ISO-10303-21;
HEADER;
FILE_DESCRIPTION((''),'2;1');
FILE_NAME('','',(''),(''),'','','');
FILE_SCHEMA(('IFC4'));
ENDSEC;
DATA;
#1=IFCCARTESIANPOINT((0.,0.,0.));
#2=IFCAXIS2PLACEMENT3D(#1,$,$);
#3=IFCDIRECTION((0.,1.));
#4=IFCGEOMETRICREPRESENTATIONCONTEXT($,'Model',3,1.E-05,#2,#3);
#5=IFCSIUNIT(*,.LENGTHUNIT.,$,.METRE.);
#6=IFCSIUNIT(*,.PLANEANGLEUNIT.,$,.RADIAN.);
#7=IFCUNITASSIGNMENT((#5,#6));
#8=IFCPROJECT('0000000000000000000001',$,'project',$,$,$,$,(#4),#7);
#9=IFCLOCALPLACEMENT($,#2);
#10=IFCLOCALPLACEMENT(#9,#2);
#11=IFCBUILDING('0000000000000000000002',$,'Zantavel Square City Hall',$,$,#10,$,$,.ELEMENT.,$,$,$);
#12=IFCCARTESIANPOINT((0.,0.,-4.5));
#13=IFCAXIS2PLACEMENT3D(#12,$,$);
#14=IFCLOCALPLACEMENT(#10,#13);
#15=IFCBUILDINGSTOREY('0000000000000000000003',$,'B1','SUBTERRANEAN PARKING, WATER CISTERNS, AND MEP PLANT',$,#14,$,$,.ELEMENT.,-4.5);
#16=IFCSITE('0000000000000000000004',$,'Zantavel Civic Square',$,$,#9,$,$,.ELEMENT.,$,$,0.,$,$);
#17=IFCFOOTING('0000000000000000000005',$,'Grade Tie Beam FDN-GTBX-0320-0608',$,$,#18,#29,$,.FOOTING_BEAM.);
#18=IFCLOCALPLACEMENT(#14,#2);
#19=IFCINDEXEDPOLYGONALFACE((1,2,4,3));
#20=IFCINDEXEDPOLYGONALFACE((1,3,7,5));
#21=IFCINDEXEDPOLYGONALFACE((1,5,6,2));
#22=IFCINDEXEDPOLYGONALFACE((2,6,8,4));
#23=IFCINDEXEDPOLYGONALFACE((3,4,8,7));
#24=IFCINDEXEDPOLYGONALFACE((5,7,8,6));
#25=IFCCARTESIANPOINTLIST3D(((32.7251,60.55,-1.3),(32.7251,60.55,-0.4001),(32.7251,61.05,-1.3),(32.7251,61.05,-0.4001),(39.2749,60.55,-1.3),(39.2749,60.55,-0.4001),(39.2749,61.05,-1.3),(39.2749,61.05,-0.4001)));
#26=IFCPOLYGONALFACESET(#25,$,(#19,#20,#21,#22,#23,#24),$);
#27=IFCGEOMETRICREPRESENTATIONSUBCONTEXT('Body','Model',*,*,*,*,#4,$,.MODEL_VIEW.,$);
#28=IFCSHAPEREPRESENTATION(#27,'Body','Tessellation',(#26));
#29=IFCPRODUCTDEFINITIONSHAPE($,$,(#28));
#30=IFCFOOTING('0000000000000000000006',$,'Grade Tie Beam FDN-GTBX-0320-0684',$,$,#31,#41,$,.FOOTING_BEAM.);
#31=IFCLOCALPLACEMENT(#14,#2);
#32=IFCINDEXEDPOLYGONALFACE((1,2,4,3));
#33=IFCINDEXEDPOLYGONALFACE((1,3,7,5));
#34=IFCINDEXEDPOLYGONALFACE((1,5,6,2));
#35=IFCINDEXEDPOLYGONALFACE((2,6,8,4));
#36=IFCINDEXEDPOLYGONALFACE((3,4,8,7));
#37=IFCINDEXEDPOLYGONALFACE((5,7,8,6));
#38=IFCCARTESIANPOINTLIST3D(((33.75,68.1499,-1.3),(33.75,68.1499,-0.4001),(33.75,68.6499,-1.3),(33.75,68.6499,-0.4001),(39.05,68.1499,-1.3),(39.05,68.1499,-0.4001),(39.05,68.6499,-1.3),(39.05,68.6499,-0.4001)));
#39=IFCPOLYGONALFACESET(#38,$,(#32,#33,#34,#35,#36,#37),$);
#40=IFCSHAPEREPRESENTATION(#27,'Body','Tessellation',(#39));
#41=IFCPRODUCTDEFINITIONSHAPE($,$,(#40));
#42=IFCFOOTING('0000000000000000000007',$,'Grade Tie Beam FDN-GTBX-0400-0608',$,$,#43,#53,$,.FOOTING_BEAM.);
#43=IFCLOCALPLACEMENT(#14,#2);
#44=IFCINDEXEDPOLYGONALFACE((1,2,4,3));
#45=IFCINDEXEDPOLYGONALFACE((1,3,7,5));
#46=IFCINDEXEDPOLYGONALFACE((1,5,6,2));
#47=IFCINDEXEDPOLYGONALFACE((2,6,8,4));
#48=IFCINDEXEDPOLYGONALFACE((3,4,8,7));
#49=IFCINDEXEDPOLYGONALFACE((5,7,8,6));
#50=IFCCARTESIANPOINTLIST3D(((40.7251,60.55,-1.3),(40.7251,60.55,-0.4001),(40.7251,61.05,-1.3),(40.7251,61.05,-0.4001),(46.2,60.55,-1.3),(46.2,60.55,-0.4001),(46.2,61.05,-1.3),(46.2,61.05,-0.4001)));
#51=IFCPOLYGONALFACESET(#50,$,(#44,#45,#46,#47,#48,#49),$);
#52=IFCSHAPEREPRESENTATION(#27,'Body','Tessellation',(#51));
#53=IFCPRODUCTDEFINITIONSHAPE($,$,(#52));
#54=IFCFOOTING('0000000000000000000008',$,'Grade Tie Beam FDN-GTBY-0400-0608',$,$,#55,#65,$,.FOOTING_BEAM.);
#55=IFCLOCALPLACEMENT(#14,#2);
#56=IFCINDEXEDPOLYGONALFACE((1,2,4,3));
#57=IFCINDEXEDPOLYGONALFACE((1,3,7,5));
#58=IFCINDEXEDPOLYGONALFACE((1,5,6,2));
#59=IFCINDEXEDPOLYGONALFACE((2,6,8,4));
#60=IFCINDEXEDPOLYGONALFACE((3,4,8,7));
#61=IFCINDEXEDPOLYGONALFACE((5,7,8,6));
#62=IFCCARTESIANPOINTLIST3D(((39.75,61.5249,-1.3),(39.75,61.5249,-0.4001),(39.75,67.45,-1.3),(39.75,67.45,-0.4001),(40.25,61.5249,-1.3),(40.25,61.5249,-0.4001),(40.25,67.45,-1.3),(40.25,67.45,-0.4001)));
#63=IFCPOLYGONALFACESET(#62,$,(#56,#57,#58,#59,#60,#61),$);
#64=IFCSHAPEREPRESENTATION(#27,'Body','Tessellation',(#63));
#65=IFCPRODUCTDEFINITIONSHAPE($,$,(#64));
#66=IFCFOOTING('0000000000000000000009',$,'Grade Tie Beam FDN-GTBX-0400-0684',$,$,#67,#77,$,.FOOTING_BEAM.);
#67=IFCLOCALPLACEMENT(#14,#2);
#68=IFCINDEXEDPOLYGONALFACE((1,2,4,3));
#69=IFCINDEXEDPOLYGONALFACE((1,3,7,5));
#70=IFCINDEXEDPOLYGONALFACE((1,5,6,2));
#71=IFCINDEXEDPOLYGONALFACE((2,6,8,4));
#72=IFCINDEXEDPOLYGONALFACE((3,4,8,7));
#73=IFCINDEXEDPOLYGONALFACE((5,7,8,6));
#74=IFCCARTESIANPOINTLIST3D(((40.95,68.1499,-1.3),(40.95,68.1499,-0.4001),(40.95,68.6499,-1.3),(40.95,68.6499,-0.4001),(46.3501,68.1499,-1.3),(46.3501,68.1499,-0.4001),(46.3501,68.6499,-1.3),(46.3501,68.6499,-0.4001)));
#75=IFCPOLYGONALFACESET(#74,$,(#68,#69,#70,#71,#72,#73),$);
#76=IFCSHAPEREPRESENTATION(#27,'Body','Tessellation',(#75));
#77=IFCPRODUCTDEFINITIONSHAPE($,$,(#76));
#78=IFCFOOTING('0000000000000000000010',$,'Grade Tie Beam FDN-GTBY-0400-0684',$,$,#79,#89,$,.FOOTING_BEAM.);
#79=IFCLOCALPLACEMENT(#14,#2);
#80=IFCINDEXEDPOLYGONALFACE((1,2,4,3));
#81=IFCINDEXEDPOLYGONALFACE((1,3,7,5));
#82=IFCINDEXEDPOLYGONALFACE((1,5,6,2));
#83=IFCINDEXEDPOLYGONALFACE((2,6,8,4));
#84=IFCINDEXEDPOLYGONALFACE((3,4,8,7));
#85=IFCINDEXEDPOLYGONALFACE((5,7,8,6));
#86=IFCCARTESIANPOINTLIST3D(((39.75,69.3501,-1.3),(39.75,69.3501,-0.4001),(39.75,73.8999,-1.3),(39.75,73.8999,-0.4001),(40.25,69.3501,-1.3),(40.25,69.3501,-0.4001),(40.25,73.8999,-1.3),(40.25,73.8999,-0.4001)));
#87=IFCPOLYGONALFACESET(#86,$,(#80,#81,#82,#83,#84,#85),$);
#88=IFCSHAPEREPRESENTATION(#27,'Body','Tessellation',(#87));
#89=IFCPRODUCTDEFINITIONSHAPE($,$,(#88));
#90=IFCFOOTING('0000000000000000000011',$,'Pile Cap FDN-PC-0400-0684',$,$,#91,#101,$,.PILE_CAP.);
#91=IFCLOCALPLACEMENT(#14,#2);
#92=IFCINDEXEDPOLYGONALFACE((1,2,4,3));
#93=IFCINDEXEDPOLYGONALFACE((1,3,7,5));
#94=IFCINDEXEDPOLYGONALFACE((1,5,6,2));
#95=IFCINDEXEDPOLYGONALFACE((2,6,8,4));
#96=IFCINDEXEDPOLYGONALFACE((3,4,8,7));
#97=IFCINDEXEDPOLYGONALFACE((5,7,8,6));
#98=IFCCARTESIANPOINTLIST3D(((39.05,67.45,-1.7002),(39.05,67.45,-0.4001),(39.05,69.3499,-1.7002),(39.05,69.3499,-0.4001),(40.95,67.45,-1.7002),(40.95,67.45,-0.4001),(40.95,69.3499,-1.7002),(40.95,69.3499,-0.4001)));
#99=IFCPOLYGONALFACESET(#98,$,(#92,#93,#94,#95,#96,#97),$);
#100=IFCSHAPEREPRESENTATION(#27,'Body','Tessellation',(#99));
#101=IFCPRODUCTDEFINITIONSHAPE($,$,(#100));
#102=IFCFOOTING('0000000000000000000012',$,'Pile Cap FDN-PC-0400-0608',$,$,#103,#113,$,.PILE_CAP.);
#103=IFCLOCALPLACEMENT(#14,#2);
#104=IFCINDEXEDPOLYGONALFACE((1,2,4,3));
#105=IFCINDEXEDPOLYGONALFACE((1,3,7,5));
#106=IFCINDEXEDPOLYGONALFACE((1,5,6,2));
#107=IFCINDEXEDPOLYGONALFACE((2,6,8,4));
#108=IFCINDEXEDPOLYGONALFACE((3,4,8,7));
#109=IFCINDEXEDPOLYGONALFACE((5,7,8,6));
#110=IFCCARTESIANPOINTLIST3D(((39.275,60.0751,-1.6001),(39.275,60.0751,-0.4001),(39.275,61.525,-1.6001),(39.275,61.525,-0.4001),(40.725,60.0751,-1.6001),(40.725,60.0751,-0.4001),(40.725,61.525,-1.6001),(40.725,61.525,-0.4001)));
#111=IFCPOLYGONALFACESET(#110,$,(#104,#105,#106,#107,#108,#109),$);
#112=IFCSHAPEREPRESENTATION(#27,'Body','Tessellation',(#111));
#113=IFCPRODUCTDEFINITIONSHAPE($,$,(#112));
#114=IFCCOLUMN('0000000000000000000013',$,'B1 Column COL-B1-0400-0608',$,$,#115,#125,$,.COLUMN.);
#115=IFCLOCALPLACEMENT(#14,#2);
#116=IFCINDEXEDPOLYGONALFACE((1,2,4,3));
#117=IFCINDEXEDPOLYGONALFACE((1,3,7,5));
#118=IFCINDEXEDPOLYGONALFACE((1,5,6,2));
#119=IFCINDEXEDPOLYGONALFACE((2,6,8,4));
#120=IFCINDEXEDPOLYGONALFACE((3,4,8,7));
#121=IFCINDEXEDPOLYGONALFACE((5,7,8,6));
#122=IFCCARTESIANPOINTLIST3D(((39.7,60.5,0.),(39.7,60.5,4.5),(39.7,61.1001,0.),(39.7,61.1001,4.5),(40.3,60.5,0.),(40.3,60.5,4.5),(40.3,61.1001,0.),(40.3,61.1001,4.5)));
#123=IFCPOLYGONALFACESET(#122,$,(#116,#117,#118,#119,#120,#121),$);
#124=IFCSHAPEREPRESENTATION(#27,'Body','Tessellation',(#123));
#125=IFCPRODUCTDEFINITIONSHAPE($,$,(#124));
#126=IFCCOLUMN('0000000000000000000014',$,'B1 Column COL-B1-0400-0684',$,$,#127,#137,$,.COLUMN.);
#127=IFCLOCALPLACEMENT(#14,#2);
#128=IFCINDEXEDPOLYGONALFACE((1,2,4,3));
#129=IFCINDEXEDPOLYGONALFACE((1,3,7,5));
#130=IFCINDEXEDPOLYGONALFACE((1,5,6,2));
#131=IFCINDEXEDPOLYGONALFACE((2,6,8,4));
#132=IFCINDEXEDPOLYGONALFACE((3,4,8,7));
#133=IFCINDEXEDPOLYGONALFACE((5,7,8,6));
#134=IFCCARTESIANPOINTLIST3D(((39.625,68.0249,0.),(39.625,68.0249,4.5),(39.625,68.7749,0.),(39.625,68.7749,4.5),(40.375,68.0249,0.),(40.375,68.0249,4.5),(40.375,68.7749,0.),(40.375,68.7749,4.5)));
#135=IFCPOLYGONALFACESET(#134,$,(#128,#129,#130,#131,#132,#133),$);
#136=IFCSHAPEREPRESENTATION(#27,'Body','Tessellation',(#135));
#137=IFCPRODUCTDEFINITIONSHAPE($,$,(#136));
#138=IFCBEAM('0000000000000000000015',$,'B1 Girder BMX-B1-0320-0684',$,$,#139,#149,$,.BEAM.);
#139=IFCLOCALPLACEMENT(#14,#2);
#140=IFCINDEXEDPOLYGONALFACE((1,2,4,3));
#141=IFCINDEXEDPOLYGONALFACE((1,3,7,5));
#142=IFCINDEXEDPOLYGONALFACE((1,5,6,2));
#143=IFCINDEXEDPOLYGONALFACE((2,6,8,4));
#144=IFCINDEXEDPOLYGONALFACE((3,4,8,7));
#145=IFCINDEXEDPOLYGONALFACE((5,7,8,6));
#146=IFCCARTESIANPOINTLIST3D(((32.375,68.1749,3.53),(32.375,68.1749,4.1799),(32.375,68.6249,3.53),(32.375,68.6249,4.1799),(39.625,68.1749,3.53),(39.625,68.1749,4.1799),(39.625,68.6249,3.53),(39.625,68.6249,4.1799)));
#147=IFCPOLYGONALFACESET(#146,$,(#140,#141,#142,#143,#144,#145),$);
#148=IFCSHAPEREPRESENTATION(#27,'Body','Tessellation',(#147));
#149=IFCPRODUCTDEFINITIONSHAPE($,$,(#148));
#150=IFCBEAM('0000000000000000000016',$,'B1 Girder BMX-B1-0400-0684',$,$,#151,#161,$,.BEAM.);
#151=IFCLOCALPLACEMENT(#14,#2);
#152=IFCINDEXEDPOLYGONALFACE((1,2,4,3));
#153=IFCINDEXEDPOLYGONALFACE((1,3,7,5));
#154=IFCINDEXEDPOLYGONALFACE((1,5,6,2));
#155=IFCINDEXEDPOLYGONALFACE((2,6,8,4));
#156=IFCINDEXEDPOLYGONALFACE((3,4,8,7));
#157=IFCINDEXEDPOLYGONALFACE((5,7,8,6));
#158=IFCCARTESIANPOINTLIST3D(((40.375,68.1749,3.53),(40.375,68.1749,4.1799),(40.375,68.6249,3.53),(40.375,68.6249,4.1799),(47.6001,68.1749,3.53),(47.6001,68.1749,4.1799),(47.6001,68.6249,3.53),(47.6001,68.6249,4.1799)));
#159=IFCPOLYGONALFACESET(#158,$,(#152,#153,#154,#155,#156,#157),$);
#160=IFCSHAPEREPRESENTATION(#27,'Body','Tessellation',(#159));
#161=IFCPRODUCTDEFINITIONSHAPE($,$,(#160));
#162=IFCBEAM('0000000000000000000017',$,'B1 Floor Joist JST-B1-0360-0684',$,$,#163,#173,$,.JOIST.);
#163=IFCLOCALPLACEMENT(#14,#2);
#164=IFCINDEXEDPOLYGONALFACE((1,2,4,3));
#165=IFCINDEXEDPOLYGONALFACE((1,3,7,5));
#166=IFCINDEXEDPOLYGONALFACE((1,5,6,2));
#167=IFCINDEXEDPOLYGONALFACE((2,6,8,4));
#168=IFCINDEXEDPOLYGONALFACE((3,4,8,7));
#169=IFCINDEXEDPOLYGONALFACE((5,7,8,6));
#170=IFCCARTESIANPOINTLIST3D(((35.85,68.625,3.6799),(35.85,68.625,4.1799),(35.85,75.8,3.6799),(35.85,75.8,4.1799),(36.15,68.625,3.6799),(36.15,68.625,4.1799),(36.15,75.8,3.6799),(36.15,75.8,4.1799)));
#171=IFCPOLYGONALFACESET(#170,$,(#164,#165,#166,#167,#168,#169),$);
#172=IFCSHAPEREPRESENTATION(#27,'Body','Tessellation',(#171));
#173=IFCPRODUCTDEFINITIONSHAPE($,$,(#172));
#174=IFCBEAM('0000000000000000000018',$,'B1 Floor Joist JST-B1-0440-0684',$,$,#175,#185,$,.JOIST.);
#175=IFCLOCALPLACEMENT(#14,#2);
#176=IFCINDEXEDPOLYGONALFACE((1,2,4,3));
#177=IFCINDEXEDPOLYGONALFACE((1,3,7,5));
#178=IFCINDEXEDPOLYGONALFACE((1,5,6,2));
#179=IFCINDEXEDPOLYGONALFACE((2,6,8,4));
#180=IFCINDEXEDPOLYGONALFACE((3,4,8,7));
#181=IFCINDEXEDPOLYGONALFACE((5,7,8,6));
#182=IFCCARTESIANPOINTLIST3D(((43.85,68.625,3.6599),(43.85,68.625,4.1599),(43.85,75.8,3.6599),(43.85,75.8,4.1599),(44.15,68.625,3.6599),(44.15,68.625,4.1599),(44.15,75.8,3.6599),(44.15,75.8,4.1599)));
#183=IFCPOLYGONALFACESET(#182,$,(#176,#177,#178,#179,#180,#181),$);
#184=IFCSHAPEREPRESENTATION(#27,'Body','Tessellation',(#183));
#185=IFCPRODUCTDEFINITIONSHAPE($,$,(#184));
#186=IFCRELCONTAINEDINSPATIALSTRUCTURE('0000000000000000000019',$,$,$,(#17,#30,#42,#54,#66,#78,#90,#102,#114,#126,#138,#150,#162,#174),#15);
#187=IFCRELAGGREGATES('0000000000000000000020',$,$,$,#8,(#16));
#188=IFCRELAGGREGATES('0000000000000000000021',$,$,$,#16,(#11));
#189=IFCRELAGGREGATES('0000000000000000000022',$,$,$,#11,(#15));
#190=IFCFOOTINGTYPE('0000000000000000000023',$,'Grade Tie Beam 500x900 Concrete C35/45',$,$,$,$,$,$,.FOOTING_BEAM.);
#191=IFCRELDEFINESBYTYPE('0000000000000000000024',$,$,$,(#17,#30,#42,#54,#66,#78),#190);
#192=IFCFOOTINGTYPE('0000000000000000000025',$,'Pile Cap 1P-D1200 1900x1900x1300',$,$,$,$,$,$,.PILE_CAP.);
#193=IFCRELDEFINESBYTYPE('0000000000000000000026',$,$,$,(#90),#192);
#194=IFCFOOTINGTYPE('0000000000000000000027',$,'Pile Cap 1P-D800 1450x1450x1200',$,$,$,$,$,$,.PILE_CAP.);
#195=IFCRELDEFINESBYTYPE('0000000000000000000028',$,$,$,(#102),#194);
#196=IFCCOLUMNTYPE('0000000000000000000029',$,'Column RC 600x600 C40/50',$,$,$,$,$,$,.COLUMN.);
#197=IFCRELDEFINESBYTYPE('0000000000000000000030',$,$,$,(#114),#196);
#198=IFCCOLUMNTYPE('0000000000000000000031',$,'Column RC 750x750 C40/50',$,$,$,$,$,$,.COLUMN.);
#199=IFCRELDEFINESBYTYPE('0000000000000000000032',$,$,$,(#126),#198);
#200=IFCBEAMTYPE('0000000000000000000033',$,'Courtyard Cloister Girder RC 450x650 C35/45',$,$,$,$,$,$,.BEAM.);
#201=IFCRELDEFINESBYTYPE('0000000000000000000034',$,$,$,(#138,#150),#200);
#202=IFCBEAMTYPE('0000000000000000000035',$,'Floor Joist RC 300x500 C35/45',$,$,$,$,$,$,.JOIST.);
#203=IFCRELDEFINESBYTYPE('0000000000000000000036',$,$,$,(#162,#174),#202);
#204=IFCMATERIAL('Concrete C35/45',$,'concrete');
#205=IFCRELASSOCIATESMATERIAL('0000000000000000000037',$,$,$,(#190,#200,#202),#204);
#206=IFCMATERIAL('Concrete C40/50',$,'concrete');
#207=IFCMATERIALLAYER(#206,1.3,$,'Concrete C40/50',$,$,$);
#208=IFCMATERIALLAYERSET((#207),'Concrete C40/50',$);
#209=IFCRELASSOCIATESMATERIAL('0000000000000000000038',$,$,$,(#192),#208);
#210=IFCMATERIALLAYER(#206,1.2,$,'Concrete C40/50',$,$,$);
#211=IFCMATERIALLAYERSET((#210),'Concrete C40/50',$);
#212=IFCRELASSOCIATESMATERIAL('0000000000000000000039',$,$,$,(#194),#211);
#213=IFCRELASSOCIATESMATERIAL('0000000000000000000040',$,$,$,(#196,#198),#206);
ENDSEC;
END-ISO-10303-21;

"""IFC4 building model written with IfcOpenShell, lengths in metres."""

from ifc_helpers import new_model, si_unit, direction, frame, origin, origin_2d, place, context, subcontext, project, spatial, rectangle, extrude, material, layer, layer_set, material_profile, profile_set, type_object, element, save


model = new_model("IFC4")

# Units and contexts
model_context = context("Model", 3, precision=1e-05, world=origin(), true_north=direction((0.0, 1.0)))
body_context = subcontext(model_context, "Body", "Model", "MODEL_VIEW")
ifc_project = project(units=[si_unit("LENGTHUNIT", "METRE"), si_unit("PLANEANGLEUNIT", "RADIAN")], contexts=[model_context])

# Site, building, storey
site_placement = place(None, origin())
site = spatial("IfcSite", under=ifc_project, at=site_placement, Name="Zantavel Civic Square", CompositionType="ELEMENT", RefElevation=0.0)
building_placement = place(site_placement, origin())
building = spatial("IfcBuilding", under=site, at=building_placement, Name="Zantavel Square City Hall", CompositionType="ELEMENT")
storey_placement = place(building_placement, frame((0.0, 0.0, -4.5)))
storey = spatial("IfcBuildingStorey", under=building, at=storey_placement, Name="B1", Description="SUBTERRANEAN PARKING, WATER CISTERNS, AND MEP PLANT", CompositionType="ELEMENT", Elevation=-4.5)

# Shared definitions
ifc_material_1 = material(Name="Concrete C35/45", Category="concrete")

# Footings
ifc_material_profile_1 = material_profile(ifc_material_1, rectangle(XDim=0.5, YDim=0.8999, at=origin_2d()), Name="RC 500x900")
ifc_profile_set_1 = profile_set([ifc_material_profile_1], Name="Concrete C35/45")
footing_type_1 = type_object("IfcFootingType", Name="Grade Tie Beam 500x900 Concrete C35/45", PredefinedType="FOOTING_BEAM", material=ifc_profile_set_1)
footing_1_placement = place(storey_placement, frame((32.7251, 60.8, -0.8501), z_axis=(1.0, 0.0, 0.0), x_axis=(0.0, 1.0, 0.0)))
element("IfcFooting", 1, at=footing_1_placement, inside=storey, type_object=footing_type_1, Name="Grade Tie Beam FDN-GTBX-0320-0608", PredefinedType="FOOTING_BEAM", context=body_context, shape_type="SweptSolid", body=[
    extrude(rectangle(XDim=0.5, YDim=0.8999, at=origin_2d()), origin(), (0.0, 0.0, 1.0), 6.5498),
])
footing_2_placement = place(storey_placement, frame((33.75, 68.3999, -0.8501), z_axis=(1.0, 0.0, 0.0), x_axis=(0.0, 1.0, 0.0)))
element("IfcFooting", 2, at=footing_2_placement, inside=storey, type_object=footing_type_1, Name="Grade Tie Beam FDN-GTBX-0320-0684", PredefinedType="FOOTING_BEAM", context=body_context, shape_type="SweptSolid", body=[
    extrude(rectangle(XDim=0.5, YDim=0.8999, at=origin_2d()), origin(), (0.0, 0.0, 1.0), 5.3),
])
footing_3_placement = place(storey_placement, frame((40.7251, 60.8, -0.8501), z_axis=(1.0, 0.0, 0.0), x_axis=(0.0, 1.0, 0.0)))
element("IfcFooting", 3, at=footing_3_placement, inside=storey, type_object=footing_type_1, Name="Grade Tie Beam FDN-GTBX-0400-0608", PredefinedType="FOOTING_BEAM", context=body_context, shape_type="SweptSolid", body=[
    extrude(rectangle(XDim=0.5, YDim=0.8999, at=origin_2d()), origin(), (0.0, 0.0, 1.0), 5.4749),
])
footing_4_placement = place(storey_placement, frame((40.0, 61.5249, -0.8501), z_axis=(0.0, 1.0, 0.0), x_axis=(-1.0, 0.0, 0.0)))
element("IfcFooting", 4, at=footing_4_placement, inside=storey, type_object=footing_type_1, Name="Grade Tie Beam FDN-GTBY-0400-0608", PredefinedType="FOOTING_BEAM", context=body_context, shape_type="SweptSolid", body=[
    extrude(rectangle(XDim=0.5, YDim=0.8999, at=origin_2d()), origin(), (0.0, 0.0, 1.0), 5.925),
])
footing_5_placement = place(storey_placement, frame((40.95, 68.3999, -0.8501), z_axis=(1.0, 0.0, 0.0), x_axis=(0.0, 1.0, 0.0)))
element("IfcFooting", 5, at=footing_5_placement, inside=storey, type_object=footing_type_1, Name="Grade Tie Beam FDN-GTBX-0400-0684", PredefinedType="FOOTING_BEAM", context=body_context, shape_type="SweptSolid", body=[
    extrude(rectangle(XDim=0.5, YDim=0.8999, at=origin_2d()), origin(), (0.0, 0.0, 1.0), 5.4001),
])
footing_6_placement = place(storey_placement, frame((40.0, 69.3501, -0.8501), z_axis=(0.0, 1.0, 0.0), x_axis=(-1.0, 0.0, 0.0)))
element("IfcFooting", 6, at=footing_6_placement, inside=storey, type_object=footing_type_1, Name="Grade Tie Beam FDN-GTBY-0400-0684", PredefinedType="FOOTING_BEAM", context=body_context, shape_type="SweptSolid", body=[
    extrude(rectangle(XDim=0.5, YDim=0.8999, at=origin_2d()), origin(), (0.0, 0.0, 1.0), 4.5498),
])
ifc_material_2 = material(Name="Concrete C40/50", Category="concrete")
ifc_layer_1 = layer(ifc_material_2, 1.3, Name="Concrete C40/50")
ifc_layer_set_1 = layer_set([ifc_layer_1], Name="Concrete C40/50")
footing_type_2 = type_object("IfcFootingType", Name="Pile Cap 1P-D1200 1900x1900x1300", PredefinedType="PILE_CAP", material=ifc_layer_set_1)
footing_7_placement = place(storey_placement, frame((40.0, 68.3999, -1.7002), z_axis=(0.0, 0.0, 1.0), x_axis=(1.0, 0.0, 0.0)))
element("IfcFooting", 7, at=footing_7_placement, inside=storey, type_object=footing_type_2, Name="Pile Cap FDN-PC-0400-0684", PredefinedType="PILE_CAP", context=body_context, shape_type="SweptSolid", body=[
    extrude(rectangle(XDim=1.8999, YDim=1.8999, at=origin_2d()), origin(), (0.0, 0.0, 1.0), 1.3),
])
ifc_layer_2 = layer(ifc_material_2, 1.2, Name="Concrete C40/50")
ifc_layer_set_2 = layer_set([ifc_layer_2], Name="Concrete C40/50")
footing_type_3 = type_object("IfcFootingType", Name="Pile Cap 1P-D800 1450x1450x1200", PredefinedType="PILE_CAP", material=ifc_layer_set_2)
footing_8_placement = place(storey_placement, frame((40.0, 60.8, -1.6001), z_axis=(0.0, 0.0, 1.0), x_axis=(1.0, 0.0, 0.0)))
element("IfcFooting", 8, at=footing_8_placement, inside=storey, type_object=footing_type_3, Name="Pile Cap FDN-PC-0400-0608", PredefinedType="PILE_CAP", context=body_context, shape_type="SweptSolid", body=[
    extrude(rectangle(XDim=1.45, YDim=1.45, at=origin_2d()), origin(), (0.0, 0.0, 1.0), 1.2),
])

# Columns
ifc_material_profile_2 = material_profile(ifc_material_2, rectangle(XDim=0.6001, YDim=0.6001, at=origin_2d()), Name="RC 600x600")
ifc_profile_set_2 = profile_set([ifc_material_profile_2], Name="Concrete C40/50")
column_type_1 = type_object("IfcColumnType", Name="Column RC 600x600 C40/50", PredefinedType="COLUMN", material=ifc_profile_set_2)
column_1_placement = place(storey_placement, frame((40.0, 60.8, 0.0), z_axis=(0.0, 0.0, 1.0), x_axis=(1.0, 0.0, 0.0)))
element("IfcColumn", 9, at=column_1_placement, inside=storey, type_object=column_type_1, Name="B1 Column COL-B1-0400-0608", PredefinedType="COLUMN", context=body_context, shape_type="SweptSolid", body=[
    extrude(rectangle(XDim=0.6001, YDim=0.6001, at=origin_2d()), origin(), (0.0, 0.0, 1.0), 4.5),
])
ifc_material_profile_3 = material_profile(ifc_material_2, rectangle(XDim=0.75, YDim=0.75, at=origin_2d()), Name="RC 750x750")
ifc_profile_set_3 = profile_set([ifc_material_profile_3], Name="Concrete C40/50")
column_type_2 = type_object("IfcColumnType", Name="Column RC 750x750 C40/50", PredefinedType="COLUMN", material=ifc_profile_set_3)
column_2_placement = place(storey_placement, frame((40.0, 68.3999, 0.0), z_axis=(0.0, 0.0, 1.0), x_axis=(1.0, 0.0, 0.0)))
element("IfcColumn", 10, at=column_2_placement, inside=storey, type_object=column_type_2, Name="B1 Column COL-B1-0400-0684", PredefinedType="COLUMN", context=body_context, shape_type="SweptSolid", body=[
    extrude(rectangle(XDim=0.75, YDim=0.75, at=origin_2d()), origin(), (0.0, 0.0, 1.0), 4.5),
])

# Beams
ifc_material_profile_4 = material_profile(ifc_material_1, rectangle(XDim=0.45, YDim=0.6499, at=origin_2d()), Name="RC 450x650")
ifc_profile_set_4 = profile_set([ifc_material_profile_4], Name="Concrete C35/45")
beam_type_1 = type_object("IfcBeamType", Name="Courtyard Cloister Girder RC 450x650 C35/45", PredefinedType="BEAM", material=ifc_profile_set_4)
beam_1_placement = place(storey_placement, frame((32.375, 68.3999, 3.855), z_axis=(1.0, 0.0, 0.0), x_axis=(0.0, 1.0, 0.0)))
element("IfcBeam", 11, at=beam_1_placement, inside=storey, type_object=beam_type_1, Name="B1 Girder BMX-B1-0320-0684", PredefinedType="BEAM", context=body_context, shape_type="SweptSolid", body=[
    extrude(rectangle(XDim=0.45, YDim=0.6499, at=origin_2d()), origin(), (0.0, 0.0, 1.0), 7.25),
])
beam_2_placement = place(storey_placement, frame((40.375, 68.3999, 3.855), z_axis=(1.0, 0.0, 0.0), x_axis=(0.0, 1.0, 0.0)))
element("IfcBeam", 12, at=beam_2_placement, inside=storey, type_object=beam_type_1, Name="B1 Girder BMX-B1-0400-0684", PredefinedType="BEAM", context=body_context, shape_type="SweptSolid", body=[
    extrude(rectangle(XDim=0.45, YDim=0.6499, at=origin_2d()), origin(), (0.0, 0.0, 1.0), 7.2251),
])
ifc_material_profile_5 = material_profile(ifc_material_1, rectangle(XDim=0.3, YDim=0.5, at=origin_2d()), Name="RC 300x500")
ifc_profile_set_5 = profile_set([ifc_material_profile_5], Name="Concrete C35/45")
beam_type_2 = type_object("IfcBeamType", Name="Floor Joist RC 300x500 C35/45", PredefinedType="JOIST", material=ifc_profile_set_5)
for number, where, z_axis, x_axis, name in (
    (13, (36.0, 68.625, 3.9299), (0.0, 1.0, 0.0), (-1.0, 0.0, 0.0), "B1 Floor Joist JST-B1-0360-0684"),
    (14, (44.0, 68.625, 3.9099), (0.0, 1.0, 0.0), (-1.0, 0.0, 0.0), "B1 Floor Joist JST-B1-0440-0684"),
):
    element("IfcBeam", number, at=place(storey_placement, frame(where, z_axis=z_axis, x_axis=x_axis)), inside=storey, type_object=beam_type_2, Name=name, PredefinedType="JOIST", context=body_context, shape_type="SweptSolid", body=[
        extrude(rectangle(XDim=0.3, YDim=0.5, at=origin_2d()), origin(), (0.0, 0.0, 1.0), 7.175),
    ])

save(model, "model.ifc")
